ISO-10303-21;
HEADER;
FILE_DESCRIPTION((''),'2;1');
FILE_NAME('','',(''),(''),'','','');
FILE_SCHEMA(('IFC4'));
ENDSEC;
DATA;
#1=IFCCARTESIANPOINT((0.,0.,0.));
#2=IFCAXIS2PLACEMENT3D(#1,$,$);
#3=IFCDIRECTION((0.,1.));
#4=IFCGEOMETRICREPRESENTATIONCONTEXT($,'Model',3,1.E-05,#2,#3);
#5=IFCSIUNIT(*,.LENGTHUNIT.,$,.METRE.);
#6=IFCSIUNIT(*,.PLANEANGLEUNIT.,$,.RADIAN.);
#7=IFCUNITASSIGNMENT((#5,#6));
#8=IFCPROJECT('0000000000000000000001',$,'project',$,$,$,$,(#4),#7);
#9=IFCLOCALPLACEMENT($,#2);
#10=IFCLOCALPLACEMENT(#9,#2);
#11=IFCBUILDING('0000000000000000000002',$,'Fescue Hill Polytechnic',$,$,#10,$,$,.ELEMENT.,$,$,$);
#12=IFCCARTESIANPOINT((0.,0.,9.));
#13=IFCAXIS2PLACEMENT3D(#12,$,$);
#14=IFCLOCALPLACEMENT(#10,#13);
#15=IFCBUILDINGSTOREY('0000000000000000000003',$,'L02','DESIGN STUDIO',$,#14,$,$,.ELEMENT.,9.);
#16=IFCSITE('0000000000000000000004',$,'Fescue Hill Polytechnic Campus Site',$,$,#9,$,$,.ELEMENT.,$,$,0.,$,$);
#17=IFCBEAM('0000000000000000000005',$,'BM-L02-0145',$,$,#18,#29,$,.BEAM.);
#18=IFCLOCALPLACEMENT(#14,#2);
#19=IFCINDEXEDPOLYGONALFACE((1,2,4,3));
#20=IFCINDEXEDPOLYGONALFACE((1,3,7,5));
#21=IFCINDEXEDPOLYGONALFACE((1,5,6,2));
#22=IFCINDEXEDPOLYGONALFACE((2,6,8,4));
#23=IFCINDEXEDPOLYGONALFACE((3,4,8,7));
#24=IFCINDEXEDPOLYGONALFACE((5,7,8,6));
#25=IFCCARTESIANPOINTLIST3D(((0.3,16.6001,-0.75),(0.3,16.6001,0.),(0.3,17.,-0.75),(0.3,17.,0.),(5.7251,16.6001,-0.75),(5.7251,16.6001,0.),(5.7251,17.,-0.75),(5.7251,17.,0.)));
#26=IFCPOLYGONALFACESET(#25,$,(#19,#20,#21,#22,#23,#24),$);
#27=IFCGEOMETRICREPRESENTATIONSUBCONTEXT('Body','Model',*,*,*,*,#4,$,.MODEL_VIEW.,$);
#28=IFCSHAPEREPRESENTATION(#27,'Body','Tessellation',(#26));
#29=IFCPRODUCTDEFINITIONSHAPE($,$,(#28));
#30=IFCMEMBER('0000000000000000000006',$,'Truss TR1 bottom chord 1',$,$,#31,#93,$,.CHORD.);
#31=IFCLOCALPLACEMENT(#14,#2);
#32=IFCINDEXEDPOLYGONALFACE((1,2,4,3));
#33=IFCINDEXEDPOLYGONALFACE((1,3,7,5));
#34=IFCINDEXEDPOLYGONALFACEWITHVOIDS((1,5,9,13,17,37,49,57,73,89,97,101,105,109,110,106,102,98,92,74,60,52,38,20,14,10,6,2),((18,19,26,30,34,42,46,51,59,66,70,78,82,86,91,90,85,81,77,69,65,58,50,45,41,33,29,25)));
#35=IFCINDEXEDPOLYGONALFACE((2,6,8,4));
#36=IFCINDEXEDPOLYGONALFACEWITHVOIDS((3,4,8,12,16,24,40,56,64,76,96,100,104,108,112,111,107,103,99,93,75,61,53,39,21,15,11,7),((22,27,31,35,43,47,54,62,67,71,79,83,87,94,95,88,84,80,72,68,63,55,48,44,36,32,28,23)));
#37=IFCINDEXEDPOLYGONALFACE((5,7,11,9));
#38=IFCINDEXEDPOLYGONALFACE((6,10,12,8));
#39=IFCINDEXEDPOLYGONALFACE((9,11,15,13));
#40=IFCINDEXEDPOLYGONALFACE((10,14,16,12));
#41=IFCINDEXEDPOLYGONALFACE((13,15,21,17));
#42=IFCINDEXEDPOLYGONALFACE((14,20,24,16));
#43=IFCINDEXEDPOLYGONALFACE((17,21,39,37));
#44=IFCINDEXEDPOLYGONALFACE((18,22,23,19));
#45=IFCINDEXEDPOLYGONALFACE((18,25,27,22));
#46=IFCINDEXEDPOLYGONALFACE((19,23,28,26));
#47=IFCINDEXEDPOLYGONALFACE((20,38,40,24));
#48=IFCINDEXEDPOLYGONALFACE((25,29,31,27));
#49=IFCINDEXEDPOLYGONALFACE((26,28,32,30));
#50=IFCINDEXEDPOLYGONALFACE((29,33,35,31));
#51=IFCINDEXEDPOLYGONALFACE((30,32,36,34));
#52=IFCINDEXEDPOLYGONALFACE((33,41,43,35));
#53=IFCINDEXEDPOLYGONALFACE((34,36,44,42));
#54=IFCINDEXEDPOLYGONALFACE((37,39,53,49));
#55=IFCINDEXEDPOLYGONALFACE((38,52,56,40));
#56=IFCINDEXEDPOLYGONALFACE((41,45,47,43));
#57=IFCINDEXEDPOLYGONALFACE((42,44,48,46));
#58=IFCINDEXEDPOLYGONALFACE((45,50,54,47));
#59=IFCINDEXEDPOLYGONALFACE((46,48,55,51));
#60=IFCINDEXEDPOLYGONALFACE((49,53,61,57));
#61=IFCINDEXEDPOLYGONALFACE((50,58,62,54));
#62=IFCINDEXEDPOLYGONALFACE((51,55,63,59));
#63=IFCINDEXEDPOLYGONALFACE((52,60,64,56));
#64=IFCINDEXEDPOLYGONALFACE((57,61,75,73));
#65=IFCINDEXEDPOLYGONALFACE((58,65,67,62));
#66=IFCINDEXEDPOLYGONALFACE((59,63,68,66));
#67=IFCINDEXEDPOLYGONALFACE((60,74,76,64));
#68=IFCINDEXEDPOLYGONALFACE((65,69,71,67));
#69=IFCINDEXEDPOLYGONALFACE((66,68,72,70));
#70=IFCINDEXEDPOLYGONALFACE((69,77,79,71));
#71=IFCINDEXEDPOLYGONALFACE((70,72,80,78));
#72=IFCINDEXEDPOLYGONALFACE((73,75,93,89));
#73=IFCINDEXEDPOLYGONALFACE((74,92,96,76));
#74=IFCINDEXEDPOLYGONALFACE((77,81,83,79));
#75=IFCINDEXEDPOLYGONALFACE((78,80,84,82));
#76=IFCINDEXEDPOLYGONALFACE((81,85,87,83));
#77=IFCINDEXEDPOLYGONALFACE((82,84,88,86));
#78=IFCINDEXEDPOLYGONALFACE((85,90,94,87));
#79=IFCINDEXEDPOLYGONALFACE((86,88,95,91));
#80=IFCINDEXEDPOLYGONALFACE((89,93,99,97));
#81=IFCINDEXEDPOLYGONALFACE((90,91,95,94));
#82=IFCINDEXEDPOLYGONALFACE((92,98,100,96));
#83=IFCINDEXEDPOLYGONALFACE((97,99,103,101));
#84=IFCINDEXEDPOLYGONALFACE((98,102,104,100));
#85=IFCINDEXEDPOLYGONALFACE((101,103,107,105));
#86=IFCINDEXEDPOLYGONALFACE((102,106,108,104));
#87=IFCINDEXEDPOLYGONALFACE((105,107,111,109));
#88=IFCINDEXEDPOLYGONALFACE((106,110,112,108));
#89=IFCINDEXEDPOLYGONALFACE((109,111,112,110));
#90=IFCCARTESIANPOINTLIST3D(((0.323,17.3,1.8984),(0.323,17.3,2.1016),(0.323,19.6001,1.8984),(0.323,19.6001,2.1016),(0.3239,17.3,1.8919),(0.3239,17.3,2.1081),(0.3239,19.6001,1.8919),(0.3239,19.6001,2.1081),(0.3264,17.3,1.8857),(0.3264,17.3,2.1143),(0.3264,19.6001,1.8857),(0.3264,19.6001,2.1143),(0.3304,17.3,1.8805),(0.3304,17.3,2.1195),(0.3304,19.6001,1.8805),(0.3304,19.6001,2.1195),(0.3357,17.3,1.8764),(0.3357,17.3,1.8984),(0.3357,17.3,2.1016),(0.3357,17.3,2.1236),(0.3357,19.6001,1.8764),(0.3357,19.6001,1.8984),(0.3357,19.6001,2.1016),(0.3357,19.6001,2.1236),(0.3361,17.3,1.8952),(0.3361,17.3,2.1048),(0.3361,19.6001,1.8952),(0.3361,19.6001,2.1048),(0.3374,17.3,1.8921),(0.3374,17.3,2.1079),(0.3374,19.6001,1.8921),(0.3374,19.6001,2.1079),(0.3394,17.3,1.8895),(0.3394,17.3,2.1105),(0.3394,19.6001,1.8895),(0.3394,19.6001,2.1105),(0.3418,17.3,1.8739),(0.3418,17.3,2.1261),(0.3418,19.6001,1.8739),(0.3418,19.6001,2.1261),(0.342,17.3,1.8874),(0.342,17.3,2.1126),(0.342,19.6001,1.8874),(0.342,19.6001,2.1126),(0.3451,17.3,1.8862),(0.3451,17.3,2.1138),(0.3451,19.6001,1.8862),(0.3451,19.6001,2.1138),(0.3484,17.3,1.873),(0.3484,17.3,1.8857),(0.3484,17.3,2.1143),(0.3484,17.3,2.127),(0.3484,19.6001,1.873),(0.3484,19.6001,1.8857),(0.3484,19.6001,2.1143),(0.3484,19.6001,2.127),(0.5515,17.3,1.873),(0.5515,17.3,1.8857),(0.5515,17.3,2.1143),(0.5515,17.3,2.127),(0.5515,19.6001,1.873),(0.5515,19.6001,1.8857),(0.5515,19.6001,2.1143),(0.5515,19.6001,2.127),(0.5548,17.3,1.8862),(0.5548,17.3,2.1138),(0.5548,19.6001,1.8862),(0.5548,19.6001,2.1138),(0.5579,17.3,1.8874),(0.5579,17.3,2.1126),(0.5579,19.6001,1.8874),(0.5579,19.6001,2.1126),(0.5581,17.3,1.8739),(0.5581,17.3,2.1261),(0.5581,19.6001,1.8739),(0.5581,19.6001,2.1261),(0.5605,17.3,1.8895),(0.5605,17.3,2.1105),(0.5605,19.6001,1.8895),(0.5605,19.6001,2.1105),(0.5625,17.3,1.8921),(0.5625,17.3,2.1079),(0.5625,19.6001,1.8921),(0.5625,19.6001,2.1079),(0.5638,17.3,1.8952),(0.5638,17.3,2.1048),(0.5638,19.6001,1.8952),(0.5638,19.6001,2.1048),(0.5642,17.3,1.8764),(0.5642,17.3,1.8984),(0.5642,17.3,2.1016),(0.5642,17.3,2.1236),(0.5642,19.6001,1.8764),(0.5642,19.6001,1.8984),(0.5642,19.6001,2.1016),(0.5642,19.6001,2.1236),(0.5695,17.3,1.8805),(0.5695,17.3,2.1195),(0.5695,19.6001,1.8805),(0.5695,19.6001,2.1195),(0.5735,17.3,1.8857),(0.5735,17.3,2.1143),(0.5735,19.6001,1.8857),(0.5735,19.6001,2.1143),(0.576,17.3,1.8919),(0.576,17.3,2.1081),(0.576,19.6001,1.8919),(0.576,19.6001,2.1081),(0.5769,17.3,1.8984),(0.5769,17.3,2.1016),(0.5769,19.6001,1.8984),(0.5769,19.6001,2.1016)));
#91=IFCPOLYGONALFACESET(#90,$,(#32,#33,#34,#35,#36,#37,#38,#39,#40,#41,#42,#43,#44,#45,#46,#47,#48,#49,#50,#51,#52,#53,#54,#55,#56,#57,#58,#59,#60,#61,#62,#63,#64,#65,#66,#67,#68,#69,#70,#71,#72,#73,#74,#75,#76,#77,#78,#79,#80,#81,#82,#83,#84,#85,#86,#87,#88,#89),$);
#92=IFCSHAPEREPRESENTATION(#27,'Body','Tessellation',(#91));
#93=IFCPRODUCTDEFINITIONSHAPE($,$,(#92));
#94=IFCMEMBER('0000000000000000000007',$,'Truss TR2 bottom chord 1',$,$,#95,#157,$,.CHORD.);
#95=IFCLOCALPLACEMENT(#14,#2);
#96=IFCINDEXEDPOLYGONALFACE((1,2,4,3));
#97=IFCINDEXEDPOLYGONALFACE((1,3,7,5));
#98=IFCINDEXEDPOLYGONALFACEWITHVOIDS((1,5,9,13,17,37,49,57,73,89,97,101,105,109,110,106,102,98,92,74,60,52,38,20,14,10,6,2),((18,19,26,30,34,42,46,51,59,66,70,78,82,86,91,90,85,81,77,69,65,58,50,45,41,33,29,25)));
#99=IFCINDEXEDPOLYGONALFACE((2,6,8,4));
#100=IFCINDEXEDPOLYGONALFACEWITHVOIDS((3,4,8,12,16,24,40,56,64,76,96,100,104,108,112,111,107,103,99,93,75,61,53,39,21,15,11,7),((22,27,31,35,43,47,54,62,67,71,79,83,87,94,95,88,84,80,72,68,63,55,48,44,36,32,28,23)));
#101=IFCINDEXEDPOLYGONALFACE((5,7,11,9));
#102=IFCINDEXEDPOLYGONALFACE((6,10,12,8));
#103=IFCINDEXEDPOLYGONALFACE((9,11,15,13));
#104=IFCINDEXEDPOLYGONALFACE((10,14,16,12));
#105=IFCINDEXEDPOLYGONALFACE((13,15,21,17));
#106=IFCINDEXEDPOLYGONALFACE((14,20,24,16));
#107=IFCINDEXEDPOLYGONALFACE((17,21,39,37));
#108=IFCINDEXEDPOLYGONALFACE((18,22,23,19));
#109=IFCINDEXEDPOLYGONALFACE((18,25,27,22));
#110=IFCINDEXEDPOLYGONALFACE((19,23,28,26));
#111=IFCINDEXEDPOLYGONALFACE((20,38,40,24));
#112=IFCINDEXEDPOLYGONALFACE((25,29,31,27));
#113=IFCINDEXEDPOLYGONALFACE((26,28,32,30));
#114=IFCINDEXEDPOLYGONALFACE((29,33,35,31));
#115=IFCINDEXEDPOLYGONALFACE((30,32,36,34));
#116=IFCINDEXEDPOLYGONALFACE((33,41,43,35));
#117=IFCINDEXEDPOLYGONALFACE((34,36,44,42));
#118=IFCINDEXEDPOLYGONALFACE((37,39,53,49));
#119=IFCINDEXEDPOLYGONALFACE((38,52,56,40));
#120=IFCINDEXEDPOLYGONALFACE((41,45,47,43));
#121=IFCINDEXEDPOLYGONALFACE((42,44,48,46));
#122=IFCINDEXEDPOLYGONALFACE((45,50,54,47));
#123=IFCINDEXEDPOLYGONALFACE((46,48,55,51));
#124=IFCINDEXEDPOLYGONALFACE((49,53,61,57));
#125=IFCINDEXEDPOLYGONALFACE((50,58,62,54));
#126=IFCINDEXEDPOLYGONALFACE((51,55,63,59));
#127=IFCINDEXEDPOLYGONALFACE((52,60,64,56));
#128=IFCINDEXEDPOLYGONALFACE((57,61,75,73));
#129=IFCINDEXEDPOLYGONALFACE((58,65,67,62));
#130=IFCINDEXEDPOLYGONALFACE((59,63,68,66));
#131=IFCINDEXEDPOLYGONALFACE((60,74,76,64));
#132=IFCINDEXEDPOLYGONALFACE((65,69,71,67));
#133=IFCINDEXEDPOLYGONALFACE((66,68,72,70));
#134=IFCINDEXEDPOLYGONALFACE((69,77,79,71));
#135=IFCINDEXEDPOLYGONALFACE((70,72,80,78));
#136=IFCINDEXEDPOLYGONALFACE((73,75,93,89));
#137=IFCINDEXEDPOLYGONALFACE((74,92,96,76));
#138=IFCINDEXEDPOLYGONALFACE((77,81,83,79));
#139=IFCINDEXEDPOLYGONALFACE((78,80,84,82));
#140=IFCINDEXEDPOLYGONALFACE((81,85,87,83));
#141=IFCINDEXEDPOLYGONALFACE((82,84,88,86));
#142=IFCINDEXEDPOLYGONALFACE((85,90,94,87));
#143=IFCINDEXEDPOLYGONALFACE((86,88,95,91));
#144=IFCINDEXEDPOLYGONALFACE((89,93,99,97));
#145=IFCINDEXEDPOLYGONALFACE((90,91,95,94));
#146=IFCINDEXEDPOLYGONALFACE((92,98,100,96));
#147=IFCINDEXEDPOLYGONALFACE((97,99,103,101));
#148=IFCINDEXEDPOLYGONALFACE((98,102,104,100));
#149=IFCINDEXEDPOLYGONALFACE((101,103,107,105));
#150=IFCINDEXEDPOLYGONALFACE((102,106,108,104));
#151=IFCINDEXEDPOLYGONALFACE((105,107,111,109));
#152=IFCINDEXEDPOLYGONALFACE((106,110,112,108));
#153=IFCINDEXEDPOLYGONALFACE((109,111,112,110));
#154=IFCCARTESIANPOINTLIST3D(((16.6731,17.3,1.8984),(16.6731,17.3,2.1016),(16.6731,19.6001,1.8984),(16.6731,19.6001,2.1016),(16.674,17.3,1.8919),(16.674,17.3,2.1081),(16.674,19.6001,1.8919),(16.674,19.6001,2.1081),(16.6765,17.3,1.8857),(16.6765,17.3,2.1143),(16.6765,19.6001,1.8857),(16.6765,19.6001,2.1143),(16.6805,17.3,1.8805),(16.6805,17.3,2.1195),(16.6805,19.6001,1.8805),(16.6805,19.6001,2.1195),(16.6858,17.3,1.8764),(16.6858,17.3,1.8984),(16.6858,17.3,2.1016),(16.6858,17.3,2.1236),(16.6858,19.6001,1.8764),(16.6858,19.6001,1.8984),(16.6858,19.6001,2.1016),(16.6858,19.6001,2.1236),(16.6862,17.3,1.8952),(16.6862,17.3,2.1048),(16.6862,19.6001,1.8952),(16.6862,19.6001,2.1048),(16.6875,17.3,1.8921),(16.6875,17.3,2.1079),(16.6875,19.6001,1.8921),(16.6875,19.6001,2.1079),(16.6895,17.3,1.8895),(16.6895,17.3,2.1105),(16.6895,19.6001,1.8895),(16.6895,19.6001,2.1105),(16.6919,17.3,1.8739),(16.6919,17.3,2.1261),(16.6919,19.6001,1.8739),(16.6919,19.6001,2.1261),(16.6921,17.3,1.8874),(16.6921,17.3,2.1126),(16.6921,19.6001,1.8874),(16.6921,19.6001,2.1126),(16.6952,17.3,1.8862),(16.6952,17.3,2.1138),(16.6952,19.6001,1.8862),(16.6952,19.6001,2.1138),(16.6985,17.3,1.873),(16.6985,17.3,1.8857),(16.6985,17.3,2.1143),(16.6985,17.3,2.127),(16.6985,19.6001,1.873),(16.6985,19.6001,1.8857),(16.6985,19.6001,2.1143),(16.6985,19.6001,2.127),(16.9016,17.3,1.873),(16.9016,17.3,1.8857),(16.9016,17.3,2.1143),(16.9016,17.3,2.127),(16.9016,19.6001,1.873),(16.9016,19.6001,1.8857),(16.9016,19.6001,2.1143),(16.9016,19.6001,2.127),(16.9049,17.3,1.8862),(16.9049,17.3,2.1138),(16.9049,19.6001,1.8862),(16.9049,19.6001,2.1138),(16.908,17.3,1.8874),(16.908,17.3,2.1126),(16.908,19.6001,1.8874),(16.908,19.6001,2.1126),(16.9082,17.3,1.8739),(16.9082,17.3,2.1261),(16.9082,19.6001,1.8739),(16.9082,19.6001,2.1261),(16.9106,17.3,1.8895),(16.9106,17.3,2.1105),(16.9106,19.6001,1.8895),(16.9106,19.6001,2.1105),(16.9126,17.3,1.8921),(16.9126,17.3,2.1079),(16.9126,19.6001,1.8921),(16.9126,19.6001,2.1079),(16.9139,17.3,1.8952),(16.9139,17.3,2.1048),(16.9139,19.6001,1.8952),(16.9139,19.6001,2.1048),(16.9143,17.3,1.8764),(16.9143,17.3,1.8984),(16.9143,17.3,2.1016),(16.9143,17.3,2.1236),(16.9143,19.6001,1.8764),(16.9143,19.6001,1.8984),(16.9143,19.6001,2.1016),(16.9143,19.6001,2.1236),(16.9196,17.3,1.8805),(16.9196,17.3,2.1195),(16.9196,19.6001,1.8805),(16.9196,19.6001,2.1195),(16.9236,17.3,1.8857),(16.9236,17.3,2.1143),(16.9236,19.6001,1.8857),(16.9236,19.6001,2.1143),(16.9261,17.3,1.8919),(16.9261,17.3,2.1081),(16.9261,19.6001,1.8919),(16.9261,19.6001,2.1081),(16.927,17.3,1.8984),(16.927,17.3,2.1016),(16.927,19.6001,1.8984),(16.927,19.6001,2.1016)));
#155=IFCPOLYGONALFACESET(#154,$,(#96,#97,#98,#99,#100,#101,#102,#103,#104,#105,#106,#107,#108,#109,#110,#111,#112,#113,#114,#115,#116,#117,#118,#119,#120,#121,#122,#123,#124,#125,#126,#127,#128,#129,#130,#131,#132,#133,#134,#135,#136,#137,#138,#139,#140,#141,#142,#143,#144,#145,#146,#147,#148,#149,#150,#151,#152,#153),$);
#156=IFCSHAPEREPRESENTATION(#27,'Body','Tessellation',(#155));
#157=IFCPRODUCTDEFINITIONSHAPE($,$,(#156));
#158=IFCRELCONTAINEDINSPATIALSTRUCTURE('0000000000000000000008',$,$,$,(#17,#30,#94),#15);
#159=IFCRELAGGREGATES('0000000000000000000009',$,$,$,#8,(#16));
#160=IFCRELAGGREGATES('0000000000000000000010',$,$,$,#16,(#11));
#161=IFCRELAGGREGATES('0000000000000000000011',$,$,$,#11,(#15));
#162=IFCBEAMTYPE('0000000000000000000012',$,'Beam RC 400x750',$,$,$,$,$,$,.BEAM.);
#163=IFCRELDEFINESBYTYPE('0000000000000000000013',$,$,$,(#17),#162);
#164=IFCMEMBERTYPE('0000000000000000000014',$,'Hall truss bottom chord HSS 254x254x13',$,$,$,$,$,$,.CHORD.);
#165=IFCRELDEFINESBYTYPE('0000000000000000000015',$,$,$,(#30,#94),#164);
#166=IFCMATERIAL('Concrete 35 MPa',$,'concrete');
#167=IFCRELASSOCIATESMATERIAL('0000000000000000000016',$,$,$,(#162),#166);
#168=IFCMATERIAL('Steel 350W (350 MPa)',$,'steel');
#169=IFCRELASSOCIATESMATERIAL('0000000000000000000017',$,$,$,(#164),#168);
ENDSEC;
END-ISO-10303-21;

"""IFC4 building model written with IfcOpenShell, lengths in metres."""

from ifc_helpers import new_model, si_unit, direction, frame, origin, origin_2d, place, context, subcontext, project, spatial, rectangle, hollow_rectangle, extrude, material, material_profile, profile_set, type_object, element, save


model = new_model("IFC4")

# Units and contexts
model_context = context("Model", 3, precision=1e-05, world=origin(), true_north=direction((0.0, 1.0)))
body_context = subcontext(model_context, "Body", "Model", "MODEL_VIEW")
ifc_project = project(units=[si_unit("LENGTHUNIT", "METRE"), si_unit("PLANEANGLEUNIT", "RADIAN")], contexts=[model_context])

# Site, building, storey
site_placement = place(None, origin())
site = spatial("IfcSite", under=ifc_project, at=site_placement, Name="Fescue Hill Polytechnic Campus Site", CompositionType="ELEMENT", RefElevation=0.0)
building_placement = place(site_placement, origin())
building = spatial("IfcBuilding", under=site, at=building_placement, Name="Fescue Hill Polytechnic", CompositionType="ELEMENT")
storey_placement = place(building_placement, frame((0.0, 0.0, 9.0)))
storey = spatial("IfcBuildingStorey", under=building, at=storey_placement, Name="L02", Description="DESIGN STUDIO", CompositionType="ELEMENT", Elevation=9.0)

# Beam
ifc_material_1 = material(Name="Concrete 35 MPa", Category="concrete")
ifc_material_profile_1 = material_profile(ifc_material_1, rectangle(XDim=0.3999, YDim=0.75, at=origin_2d()), Name="RC 400x750")
ifc_profile_set_1 = profile_set([ifc_material_profile_1], Name="Concrete 35 MPa")
beam_type_1 = type_object("IfcBeamType", Name="Beam RC 400x750", PredefinedType="BEAM", material=ifc_profile_set_1)
beam_1_placement = place(storey_placement, frame((0.3, 16.8, -0.375), z_axis=(1.0, 0.0, 0.0), x_axis=(0.0, 1.0, 0.0)))
element("IfcBeam", 1, at=beam_1_placement, inside=storey, type_object=beam_type_1, Name="BM-L02-0145", PredefinedType="BEAM", context=body_context, shape_type="SweptSolid", body=[
    extrude(rectangle(XDim=0.3999, YDim=0.75, at=origin_2d()), origin(), (0.0, 0.0, 1.0), 5.425),
])

# Members
ifc_material_2 = material(Name="Steel 350W (350 MPa)", Category="steel")
ifc_material_profile_2 = material_profile(ifc_material_2, hollow_rectangle(XDim=0.2539, YDim=0.2539, WallThickness=0.0127, InnerFilletRadius=0.0127, OuterFilletRadius=0.0254, at=origin_2d()), Name="Hall truss bottom chord HSS 254x254x13")
ifc_profile_set_2 = profile_set([ifc_material_profile_2], Name="Steel 350W (350 MPa)")
member_type_1 = type_object("IfcMemberType", Name="Hall truss bottom chord HSS 254x254x13", PredefinedType="CHORD", material=ifc_profile_set_2)
for number, where, z_axis, x_axis, name in (
    (2, (0.45, 17.3, 2.0), (0.0, 1.0, 0.0), (-1.0, 0.0, 0.0), "Truss TR1 bottom chord 1"),
    (3, (16.8, 17.3, 2.0), (0.0, 1.0, 0.0), (-1.0, 0.0, 0.0), "Truss TR2 bottom chord 1"),
):
    element("IfcMember", number, at=place(storey_placement, frame(where, z_axis=z_axis, x_axis=x_axis)), inside=storey, type_object=member_type_1, Name=name, PredefinedType="CHORD", context=body_context, shape_type="SweptSolid", body=[
        extrude(hollow_rectangle(XDim=0.2539, YDim=0.2539, WallThickness=0.0127, InnerFilletRadius=0.0127, OuterFilletRadius=0.0254, at=origin_2d()), origin(), (0.0, 0.0, 1.0), 2.3),
    ])

save(model, "model.ifc")
